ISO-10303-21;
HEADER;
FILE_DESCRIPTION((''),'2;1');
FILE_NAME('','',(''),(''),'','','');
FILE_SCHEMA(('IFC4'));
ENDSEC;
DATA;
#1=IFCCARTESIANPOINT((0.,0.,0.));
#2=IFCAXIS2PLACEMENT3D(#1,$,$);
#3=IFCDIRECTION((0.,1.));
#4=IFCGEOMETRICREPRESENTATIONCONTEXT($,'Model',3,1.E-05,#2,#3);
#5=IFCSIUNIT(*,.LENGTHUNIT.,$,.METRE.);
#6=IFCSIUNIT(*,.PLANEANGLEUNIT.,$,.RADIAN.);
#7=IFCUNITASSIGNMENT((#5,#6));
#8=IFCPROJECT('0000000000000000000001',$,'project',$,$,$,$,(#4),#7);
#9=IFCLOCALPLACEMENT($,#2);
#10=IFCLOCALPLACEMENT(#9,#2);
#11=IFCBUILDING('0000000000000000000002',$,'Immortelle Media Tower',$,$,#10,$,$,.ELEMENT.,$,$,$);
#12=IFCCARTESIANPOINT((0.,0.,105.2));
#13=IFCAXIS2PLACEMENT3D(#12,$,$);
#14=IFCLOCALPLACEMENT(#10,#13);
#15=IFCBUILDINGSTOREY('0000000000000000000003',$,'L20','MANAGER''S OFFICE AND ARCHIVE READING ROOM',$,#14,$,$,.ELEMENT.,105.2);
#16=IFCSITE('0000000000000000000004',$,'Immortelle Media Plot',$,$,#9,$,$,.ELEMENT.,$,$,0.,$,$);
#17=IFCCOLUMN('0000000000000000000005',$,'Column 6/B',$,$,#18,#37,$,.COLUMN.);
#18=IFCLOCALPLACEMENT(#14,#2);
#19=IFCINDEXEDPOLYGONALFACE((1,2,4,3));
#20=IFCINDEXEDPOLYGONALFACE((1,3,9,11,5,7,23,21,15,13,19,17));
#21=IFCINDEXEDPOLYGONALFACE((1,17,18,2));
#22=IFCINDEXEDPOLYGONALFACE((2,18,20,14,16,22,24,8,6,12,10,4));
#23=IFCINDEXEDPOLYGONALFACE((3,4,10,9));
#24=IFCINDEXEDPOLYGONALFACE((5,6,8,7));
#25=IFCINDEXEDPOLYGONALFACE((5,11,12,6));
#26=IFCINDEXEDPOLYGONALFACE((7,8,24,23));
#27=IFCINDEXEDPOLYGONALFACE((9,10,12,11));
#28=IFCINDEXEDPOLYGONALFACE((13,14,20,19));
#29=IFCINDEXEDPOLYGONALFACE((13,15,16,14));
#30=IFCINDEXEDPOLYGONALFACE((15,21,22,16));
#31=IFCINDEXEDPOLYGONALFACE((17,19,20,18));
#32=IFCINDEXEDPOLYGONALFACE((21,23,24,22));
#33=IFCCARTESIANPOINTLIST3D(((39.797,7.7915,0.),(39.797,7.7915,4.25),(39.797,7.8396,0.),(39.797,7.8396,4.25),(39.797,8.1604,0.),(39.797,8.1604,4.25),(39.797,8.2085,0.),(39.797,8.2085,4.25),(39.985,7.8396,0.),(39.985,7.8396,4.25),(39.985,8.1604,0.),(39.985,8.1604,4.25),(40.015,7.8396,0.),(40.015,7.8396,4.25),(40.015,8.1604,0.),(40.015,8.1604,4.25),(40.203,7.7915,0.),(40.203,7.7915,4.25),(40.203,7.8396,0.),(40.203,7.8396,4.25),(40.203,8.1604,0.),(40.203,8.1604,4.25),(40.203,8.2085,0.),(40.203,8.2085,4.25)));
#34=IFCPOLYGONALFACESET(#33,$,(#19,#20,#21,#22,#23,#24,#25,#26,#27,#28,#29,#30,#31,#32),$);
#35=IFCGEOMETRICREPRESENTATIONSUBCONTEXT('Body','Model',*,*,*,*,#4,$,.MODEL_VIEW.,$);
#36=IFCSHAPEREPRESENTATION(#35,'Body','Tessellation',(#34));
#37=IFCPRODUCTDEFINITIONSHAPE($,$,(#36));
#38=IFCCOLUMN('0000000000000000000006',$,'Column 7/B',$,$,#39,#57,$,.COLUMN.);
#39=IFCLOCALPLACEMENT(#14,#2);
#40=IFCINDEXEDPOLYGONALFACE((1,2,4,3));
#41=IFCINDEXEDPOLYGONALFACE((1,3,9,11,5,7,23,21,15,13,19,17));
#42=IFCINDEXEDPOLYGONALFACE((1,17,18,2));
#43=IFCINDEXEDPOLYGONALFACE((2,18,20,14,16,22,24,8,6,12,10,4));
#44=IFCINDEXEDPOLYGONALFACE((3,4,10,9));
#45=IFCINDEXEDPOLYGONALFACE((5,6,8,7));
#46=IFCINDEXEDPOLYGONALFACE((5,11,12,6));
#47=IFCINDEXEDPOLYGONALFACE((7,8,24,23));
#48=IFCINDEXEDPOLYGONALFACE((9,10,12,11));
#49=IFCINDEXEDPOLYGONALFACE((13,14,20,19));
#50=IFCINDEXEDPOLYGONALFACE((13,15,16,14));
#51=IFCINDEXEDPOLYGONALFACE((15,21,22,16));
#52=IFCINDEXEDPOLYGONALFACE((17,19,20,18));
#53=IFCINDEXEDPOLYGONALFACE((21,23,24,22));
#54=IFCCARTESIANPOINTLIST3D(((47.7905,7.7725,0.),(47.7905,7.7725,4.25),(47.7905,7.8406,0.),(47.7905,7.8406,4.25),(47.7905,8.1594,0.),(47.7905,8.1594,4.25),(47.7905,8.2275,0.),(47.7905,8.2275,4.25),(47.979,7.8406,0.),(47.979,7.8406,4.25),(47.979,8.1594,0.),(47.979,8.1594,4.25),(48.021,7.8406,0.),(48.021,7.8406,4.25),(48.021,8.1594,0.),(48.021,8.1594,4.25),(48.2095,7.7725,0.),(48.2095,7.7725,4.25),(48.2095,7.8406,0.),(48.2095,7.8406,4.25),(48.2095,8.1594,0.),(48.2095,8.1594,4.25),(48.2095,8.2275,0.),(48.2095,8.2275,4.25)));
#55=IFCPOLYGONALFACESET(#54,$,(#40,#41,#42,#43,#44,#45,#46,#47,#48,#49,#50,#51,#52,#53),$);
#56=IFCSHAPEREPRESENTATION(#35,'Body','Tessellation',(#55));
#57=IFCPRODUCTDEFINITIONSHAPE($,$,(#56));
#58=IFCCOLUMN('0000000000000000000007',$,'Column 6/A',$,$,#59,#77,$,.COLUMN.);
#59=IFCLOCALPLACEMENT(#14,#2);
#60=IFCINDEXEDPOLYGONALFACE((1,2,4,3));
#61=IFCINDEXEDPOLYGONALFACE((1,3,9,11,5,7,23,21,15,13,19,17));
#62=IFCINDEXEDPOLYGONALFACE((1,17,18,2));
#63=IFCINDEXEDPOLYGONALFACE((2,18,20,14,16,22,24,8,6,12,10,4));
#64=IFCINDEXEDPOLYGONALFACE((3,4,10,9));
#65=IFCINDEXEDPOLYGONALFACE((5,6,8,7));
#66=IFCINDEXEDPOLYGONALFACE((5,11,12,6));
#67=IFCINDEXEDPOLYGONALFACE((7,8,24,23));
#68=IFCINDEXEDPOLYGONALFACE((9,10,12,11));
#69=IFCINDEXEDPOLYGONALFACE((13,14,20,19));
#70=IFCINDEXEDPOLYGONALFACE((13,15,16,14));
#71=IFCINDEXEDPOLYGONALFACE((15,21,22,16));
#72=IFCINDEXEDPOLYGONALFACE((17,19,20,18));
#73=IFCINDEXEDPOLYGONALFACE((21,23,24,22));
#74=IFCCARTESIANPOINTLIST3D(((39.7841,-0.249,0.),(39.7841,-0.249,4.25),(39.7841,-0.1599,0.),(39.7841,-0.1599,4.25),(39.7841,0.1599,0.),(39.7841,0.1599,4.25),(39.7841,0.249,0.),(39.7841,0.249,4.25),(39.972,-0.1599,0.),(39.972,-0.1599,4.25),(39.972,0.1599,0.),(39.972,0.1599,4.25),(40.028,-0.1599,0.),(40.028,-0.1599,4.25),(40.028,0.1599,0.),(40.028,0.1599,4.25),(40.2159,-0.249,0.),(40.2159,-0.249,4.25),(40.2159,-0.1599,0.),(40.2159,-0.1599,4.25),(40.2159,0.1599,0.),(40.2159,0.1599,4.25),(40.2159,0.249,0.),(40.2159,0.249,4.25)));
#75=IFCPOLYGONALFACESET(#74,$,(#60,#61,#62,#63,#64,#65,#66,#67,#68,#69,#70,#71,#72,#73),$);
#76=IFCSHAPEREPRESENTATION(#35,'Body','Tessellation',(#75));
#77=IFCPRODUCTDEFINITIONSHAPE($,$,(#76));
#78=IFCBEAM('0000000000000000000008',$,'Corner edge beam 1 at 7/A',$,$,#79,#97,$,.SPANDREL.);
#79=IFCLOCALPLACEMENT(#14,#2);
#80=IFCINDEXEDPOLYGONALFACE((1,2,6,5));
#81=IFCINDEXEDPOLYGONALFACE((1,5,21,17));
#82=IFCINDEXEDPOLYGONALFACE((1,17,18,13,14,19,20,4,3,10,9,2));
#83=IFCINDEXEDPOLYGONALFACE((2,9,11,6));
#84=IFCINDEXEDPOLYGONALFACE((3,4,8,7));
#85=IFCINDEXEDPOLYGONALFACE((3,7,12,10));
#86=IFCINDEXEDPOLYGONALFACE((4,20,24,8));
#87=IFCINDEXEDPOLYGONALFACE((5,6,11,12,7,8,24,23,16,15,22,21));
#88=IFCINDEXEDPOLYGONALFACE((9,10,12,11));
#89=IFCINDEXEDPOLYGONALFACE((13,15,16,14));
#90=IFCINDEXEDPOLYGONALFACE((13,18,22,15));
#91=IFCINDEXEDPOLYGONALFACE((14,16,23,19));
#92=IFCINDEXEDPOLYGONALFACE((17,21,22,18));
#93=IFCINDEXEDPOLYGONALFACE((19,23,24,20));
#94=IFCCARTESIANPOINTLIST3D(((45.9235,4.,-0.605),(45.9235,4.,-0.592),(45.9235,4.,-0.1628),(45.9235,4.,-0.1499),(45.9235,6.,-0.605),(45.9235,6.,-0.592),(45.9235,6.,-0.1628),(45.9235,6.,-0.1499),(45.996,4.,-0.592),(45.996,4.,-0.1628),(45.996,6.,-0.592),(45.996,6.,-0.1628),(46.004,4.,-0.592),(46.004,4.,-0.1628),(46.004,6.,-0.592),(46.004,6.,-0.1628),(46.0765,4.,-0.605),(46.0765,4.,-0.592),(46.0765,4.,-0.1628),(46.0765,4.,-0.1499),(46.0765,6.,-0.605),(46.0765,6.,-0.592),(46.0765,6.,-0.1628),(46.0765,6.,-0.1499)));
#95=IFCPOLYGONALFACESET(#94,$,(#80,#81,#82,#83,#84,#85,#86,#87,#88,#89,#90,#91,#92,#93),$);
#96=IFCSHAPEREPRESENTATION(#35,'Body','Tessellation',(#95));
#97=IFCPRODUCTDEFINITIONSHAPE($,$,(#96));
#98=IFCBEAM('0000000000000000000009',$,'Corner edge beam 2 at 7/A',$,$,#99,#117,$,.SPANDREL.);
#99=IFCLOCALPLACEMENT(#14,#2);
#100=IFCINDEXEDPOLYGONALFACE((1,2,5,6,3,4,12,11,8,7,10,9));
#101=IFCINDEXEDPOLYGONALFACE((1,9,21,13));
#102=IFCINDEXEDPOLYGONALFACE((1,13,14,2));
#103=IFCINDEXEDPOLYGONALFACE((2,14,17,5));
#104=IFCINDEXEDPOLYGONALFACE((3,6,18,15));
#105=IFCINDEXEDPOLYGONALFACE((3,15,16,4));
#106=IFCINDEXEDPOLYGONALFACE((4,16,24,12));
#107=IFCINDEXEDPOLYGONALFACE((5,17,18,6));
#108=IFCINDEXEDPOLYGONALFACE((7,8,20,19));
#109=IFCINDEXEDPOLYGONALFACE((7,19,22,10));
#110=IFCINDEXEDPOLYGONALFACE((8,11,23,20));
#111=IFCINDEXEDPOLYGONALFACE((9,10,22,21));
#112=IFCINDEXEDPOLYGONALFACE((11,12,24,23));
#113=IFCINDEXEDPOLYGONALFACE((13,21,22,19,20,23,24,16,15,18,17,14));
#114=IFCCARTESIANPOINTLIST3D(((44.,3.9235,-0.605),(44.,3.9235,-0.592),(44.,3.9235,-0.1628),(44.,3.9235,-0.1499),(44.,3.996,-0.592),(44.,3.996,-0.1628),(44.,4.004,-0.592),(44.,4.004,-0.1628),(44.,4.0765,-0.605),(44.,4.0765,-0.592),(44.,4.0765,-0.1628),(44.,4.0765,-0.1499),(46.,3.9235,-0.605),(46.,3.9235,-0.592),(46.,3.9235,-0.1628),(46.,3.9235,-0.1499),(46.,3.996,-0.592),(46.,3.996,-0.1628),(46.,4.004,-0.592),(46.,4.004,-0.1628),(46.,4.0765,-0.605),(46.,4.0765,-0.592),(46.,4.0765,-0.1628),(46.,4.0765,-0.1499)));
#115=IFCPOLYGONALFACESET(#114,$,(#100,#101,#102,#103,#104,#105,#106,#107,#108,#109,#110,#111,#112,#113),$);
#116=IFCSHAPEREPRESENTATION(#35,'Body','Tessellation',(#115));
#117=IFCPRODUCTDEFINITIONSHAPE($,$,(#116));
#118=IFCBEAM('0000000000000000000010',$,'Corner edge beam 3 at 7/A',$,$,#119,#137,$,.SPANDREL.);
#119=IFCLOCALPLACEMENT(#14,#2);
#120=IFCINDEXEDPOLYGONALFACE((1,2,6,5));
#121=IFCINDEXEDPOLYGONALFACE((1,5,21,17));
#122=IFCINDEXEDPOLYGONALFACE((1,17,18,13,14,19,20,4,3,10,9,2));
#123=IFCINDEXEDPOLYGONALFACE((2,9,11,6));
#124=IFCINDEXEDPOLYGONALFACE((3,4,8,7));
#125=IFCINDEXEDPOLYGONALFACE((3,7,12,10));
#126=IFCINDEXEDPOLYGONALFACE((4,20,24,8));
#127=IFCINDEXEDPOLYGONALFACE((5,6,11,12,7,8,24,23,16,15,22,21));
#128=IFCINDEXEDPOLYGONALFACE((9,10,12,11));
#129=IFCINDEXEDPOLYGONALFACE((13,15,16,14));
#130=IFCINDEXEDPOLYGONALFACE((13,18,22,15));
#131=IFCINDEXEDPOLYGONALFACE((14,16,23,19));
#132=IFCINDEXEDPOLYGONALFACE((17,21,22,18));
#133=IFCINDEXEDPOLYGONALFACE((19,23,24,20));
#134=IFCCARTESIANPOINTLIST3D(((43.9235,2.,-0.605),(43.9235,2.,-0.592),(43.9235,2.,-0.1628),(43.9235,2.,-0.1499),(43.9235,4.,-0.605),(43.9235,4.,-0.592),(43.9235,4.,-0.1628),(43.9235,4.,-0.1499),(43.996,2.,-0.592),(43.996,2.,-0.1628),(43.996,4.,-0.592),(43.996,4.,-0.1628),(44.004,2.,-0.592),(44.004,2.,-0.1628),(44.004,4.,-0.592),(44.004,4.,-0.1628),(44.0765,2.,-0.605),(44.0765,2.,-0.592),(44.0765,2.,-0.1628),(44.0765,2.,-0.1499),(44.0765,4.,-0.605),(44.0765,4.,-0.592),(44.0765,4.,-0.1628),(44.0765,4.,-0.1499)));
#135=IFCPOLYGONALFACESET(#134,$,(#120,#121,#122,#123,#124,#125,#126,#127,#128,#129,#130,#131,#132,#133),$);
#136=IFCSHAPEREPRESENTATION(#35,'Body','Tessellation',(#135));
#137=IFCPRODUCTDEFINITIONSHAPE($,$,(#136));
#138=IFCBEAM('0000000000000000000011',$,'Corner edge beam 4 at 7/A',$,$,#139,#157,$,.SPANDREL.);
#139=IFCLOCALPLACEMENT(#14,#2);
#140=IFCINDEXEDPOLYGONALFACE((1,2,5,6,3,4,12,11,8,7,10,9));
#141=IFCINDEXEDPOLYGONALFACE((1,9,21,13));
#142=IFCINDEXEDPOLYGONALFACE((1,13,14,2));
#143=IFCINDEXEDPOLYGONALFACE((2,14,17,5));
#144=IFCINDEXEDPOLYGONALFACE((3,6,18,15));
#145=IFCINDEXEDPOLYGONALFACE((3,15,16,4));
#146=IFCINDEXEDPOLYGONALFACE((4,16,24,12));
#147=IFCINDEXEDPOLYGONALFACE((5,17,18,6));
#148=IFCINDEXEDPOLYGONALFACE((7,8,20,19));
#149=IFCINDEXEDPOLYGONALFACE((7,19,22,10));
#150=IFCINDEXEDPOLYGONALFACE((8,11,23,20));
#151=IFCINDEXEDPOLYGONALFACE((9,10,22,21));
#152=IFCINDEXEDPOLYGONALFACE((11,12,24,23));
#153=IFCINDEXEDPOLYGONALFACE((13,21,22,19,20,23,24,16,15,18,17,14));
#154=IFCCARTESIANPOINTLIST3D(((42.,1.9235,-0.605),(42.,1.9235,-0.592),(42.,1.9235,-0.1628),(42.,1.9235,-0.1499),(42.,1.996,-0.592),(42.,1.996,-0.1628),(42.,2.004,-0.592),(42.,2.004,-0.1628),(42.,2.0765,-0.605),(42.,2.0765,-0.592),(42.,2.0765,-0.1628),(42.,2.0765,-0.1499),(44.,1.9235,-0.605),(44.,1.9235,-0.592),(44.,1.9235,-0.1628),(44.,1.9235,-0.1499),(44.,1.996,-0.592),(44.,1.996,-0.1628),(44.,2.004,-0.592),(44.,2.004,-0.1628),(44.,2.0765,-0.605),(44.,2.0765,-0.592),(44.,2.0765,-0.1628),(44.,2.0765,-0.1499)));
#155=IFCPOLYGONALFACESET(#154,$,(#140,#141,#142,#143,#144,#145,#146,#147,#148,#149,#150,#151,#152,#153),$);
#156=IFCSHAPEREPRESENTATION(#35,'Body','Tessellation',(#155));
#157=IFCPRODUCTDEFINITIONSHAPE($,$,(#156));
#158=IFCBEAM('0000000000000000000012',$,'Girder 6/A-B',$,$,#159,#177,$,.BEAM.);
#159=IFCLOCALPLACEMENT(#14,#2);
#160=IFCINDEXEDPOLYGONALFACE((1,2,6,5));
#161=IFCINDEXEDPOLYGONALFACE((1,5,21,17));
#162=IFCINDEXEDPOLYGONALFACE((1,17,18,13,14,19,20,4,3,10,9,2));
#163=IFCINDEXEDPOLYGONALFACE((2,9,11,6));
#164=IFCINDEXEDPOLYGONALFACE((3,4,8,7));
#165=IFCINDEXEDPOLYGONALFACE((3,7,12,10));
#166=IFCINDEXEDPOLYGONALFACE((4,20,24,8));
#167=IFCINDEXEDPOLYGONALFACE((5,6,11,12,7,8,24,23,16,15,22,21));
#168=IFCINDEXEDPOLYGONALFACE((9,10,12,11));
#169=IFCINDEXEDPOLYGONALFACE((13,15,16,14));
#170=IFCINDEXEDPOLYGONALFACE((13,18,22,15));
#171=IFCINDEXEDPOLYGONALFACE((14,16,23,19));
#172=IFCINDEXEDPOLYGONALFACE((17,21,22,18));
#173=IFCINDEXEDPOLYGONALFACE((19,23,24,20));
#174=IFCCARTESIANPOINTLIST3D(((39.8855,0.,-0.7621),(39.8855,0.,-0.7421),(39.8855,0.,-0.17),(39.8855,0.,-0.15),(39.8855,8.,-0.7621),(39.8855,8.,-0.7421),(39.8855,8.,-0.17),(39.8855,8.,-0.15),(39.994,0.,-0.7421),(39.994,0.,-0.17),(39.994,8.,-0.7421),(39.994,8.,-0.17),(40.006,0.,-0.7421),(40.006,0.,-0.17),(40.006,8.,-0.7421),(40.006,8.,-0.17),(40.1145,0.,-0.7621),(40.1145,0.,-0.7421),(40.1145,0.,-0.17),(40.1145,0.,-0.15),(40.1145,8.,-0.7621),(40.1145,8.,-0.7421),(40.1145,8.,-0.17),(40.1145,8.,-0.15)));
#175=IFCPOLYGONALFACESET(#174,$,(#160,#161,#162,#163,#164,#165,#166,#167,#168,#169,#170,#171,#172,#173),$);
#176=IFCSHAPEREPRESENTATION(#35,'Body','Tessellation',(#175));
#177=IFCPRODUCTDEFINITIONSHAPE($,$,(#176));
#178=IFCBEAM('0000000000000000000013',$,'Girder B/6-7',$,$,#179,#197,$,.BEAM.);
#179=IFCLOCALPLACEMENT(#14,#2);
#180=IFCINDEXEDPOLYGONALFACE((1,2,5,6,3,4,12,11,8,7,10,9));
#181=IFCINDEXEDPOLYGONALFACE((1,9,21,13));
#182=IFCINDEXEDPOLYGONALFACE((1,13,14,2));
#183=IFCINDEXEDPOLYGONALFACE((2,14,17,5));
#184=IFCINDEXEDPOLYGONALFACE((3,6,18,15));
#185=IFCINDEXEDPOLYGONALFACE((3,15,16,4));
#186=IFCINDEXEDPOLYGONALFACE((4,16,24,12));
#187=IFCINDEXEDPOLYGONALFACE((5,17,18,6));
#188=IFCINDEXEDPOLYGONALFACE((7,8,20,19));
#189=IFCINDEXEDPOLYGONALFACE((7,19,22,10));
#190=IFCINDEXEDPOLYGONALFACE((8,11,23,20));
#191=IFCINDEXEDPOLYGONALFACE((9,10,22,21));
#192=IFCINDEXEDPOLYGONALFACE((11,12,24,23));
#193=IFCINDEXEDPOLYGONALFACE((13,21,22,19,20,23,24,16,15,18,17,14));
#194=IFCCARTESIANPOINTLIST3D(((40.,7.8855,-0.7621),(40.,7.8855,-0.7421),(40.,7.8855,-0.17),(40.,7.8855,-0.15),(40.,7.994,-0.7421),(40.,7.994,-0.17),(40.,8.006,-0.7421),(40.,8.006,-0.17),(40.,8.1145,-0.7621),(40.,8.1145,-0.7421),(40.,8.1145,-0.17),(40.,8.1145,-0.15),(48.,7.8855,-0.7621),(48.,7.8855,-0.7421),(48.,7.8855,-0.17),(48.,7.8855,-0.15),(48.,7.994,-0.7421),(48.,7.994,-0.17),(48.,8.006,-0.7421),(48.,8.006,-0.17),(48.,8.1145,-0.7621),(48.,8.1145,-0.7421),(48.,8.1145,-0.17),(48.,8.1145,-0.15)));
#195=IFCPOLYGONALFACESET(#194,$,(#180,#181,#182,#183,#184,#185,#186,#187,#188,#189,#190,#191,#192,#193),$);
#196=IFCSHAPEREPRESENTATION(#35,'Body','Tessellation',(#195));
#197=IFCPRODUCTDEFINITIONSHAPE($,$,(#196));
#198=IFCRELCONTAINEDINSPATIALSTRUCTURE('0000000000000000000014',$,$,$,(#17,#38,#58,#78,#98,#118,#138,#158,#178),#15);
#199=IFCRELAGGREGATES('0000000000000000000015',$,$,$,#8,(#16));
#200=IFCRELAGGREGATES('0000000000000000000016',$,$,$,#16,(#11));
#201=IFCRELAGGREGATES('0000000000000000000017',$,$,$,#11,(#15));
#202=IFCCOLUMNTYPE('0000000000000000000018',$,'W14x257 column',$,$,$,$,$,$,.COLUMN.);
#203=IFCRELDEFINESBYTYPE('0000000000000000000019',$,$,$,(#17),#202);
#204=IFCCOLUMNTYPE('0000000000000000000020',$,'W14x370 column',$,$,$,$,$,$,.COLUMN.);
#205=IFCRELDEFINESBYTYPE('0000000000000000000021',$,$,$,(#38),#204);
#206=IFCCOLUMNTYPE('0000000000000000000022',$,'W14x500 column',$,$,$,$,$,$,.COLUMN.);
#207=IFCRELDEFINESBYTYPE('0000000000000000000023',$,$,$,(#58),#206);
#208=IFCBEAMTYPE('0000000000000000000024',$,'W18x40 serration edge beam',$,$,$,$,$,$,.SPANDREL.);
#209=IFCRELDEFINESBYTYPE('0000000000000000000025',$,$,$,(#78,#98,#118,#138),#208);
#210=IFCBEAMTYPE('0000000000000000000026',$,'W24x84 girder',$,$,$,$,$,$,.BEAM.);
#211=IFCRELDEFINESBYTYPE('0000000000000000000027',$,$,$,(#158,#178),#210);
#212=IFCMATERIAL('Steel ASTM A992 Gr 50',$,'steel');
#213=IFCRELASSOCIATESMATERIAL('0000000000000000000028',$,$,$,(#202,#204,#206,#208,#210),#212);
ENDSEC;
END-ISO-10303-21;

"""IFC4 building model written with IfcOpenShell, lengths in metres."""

from ifc_helpers import new_model, si_unit, direction, frame, origin, origin_2d, place, context, subcontext, project, spatial, i_section, extrude, material, material_profile, profile_set, type_object, element, save


model = new_model("IFC4")

# Units and contexts
model_context = context("Model", 3, precision=1e-05, world=origin(), true_north=direction((0.0, 1.0)))
body_context = subcontext(model_context, "Body", "Model", "MODEL_VIEW")
ifc_project = project(units=[si_unit("LENGTHUNIT", "METRE"), si_unit("PLANEANGLEUNIT", "RADIAN")], contexts=[model_context])

# Site, building, storey
site_placement = place(None, origin())
site = spatial("IfcSite", under=ifc_project, at=site_placement, Name="Immortelle Media Plot", CompositionType="ELEMENT", RefElevation=0.0)
building_placement = place(site_placement, origin())
building = spatial("IfcBuilding", under=site, at=building_placement, Name="Immortelle Media Tower", CompositionType="ELEMENT")
storey_placement = place(building_placement, frame((0.0, 0.0, 105.2)))
storey = spatial("IfcBuildingStorey", under=building, at=storey_placement, Name="L20", Description="MANAGER'S OFFICE AND ARCHIVE READING ROOM", CompositionType="ELEMENT", Elevation=105.2)

# Columns
ifc_material_1 = material(Name="Steel ASTM A992 Gr 50", Category="steel")
ifc_material_profile_1 = material_profile(ifc_material_1, i_section(OverallWidth=0.406, OverallDepth=0.417, WebThickness=0.03, FlangeThickness=0.0481, at=origin_2d()), Name="W14x257")
ifc_profile_set_1 = profile_set([ifc_material_profile_1], Name="Steel ASTM A992 Gr 50")
column_type_1 = type_object("IfcColumnType", Name="W14x257 column", PredefinedType="COLUMN", material=ifc_profile_set_1)
column_1_placement = place(storey_placement, frame((40.0, 8.0, 0.0), z_axis=(0.0, 0.0, 1.0), x_axis=(1.0, 0.0, 0.0)))
element("IfcColumn", 1, at=column_1_placement, inside=storey, type_object=column_type_1, Name="Column 6/B", PredefinedType="COLUMN", context=body_context, shape_type="SweptSolid", body=[
    extrude(i_section(OverallWidth=0.406, OverallDepth=0.417, WebThickness=0.03, FlangeThickness=0.0481, at=origin_2d()), origin(), (0.0, 0.0, 1.0), 4.25),
])
ifc_material_profile_2 = material_profile(ifc_material_1, i_section(OverallWidth=0.4189, OverallDepth=0.4551, WebThickness=0.042, FlangeThickness=0.0681, at=origin_2d()), Name="W14x370")
ifc_profile_set_2 = profile_set([ifc_material_profile_2], Name="Steel ASTM A992 Gr 50")
column_type_2 = type_object("IfcColumnType", Name="W14x370 column", PredefinedType="COLUMN", material=ifc_profile_set_2)
column_2_placement = place(storey_placement, frame((48.0, 8.0, 0.0), z_axis=(0.0, 0.0, 1.0), x_axis=(1.0, 0.0, 0.0)))
element("IfcColumn", 2, at=column_2_placement, inside=storey, type_object=column_type_2, Name="Column 7/B", PredefinedType="COLUMN", context=body_context, shape_type="SweptSolid", body=[
    extrude(i_section(OverallWidth=0.4189, OverallDepth=0.4551, WebThickness=0.042, FlangeThickness=0.0681, at=origin_2d()), origin(), (0.0, 0.0, 1.0), 4.25),
])
ifc_material_profile_3 = material_profile(ifc_material_1, i_section(OverallWidth=0.4319, OverallDepth=0.498, WebThickness=0.0559, FlangeThickness=0.0891, at=origin_2d()), Name="W14x500")
ifc_profile_set_3 = profile_set([ifc_material_profile_3], Name="Steel ASTM A992 Gr 50")
column_type_3 = type_object("IfcColumnType", Name="W14x500 column", PredefinedType="COLUMN", material=ifc_profile_set_3)
column_3_placement = place(storey_placement, frame((40.0, 0.0, 0.0), z_axis=(0.0, 0.0, 1.0), x_axis=(1.0, 0.0, 0.0)))
element("IfcColumn", 3, at=column_3_placement, inside=storey, type_object=column_type_3, Name="Column 6/A", PredefinedType="COLUMN", context=body_context, shape_type="SweptSolid", body=[
    extrude(i_section(OverallWidth=0.4319, OverallDepth=0.498, WebThickness=0.0559, FlangeThickness=0.0891, at=origin_2d()), origin(), (0.0, 0.0, 1.0), 4.25),
])

# Beams
ifc_material_profile_4 = material_profile(ifc_material_1, i_section(OverallWidth=0.1531, OverallDepth=0.4551, WebThickness=0.0081, FlangeThickness=0.0129, at=origin_2d()), Name="W18x40")
ifc_profile_set_4 = profile_set([ifc_material_profile_4], Name="Steel ASTM A992 Gr 50")
beam_type_1 = type_object("IfcBeamType", Name="W18x40 serration edge beam", PredefinedType="SPANDREL", material=ifc_profile_set_4)
for number, where, z_axis, x_axis, name in (
    (4, (46.0, 6.0, -0.3774), (0.0, -1.0, 0.0), (1.0, 0.0, 0.0), "Corner edge beam 1 at 7/A"),
    (5, (46.0, 4.0, -0.3774), (-1.0, 0.0, 0.0), (0.0, -1.0, 0.0), "Corner edge beam 2 at 7/A"),
    (6, (44.0, 4.0, -0.3774), (0.0, -1.0, 0.0), (1.0, 0.0, 0.0), "Corner edge beam 3 at 7/A"),
    (7, (44.0, 2.0, -0.3774), (-1.0, 0.0, 0.0), (0.0, -1.0, 0.0), "Corner edge beam 4 at 7/A"),
):
    element("IfcBeam", number, at=place(storey_placement, frame(where, z_axis=z_axis, x_axis=x_axis)), inside=storey, type_object=beam_type_1, Name=name, PredefinedType="SPANDREL", context=body_context, shape_type="SweptSolid", body=[
        extrude(i_section(OverallWidth=0.1531, OverallDepth=0.4551, WebThickness=0.0081, FlangeThickness=0.0129, at=origin_2d()), origin(), (0.0, 0.0, 1.0), 2.0),
    ])
ifc_material_profile_5 = material_profile(ifc_material_1, i_section(OverallWidth=0.229, OverallDepth=0.6121, WebThickness=0.012, FlangeThickness=0.02, at=origin_2d()), Name="W24x84")
ifc_profile_set_5 = profile_set([ifc_material_profile_5], Name="Steel ASTM A992 Gr 50")
beam_type_2 = type_object("IfcBeamType", Name="W24x84 girder", PredefinedType="BEAM", material=ifc_profile_set_5)
for number, where, z_axis, x_axis, name in (
    (8, (40.0, 0.0, -0.4561), (0.0, 1.0, 0.0), (-1.0, 0.0, 0.0), "Girder 6/A-B"),
    (9, (40.0, 8.0, -0.4561), (1.0, 0.0, 0.0), (0.0, 1.0, 0.0), "Girder B/6-7"),
):
    element("IfcBeam", number, at=place(storey_placement, frame(where, z_axis=z_axis, x_axis=x_axis)), inside=storey, type_object=beam_type_2, Name=name, PredefinedType="BEAM", context=body_context, shape_type="SweptSolid", body=[
        extrude(i_section(OverallWidth=0.229, OverallDepth=0.6121, WebThickness=0.012, FlangeThickness=0.02, at=origin_2d()), origin(), (0.0, 0.0, 1.0), 8.0),
    ])

save(model, "model.ifc")
